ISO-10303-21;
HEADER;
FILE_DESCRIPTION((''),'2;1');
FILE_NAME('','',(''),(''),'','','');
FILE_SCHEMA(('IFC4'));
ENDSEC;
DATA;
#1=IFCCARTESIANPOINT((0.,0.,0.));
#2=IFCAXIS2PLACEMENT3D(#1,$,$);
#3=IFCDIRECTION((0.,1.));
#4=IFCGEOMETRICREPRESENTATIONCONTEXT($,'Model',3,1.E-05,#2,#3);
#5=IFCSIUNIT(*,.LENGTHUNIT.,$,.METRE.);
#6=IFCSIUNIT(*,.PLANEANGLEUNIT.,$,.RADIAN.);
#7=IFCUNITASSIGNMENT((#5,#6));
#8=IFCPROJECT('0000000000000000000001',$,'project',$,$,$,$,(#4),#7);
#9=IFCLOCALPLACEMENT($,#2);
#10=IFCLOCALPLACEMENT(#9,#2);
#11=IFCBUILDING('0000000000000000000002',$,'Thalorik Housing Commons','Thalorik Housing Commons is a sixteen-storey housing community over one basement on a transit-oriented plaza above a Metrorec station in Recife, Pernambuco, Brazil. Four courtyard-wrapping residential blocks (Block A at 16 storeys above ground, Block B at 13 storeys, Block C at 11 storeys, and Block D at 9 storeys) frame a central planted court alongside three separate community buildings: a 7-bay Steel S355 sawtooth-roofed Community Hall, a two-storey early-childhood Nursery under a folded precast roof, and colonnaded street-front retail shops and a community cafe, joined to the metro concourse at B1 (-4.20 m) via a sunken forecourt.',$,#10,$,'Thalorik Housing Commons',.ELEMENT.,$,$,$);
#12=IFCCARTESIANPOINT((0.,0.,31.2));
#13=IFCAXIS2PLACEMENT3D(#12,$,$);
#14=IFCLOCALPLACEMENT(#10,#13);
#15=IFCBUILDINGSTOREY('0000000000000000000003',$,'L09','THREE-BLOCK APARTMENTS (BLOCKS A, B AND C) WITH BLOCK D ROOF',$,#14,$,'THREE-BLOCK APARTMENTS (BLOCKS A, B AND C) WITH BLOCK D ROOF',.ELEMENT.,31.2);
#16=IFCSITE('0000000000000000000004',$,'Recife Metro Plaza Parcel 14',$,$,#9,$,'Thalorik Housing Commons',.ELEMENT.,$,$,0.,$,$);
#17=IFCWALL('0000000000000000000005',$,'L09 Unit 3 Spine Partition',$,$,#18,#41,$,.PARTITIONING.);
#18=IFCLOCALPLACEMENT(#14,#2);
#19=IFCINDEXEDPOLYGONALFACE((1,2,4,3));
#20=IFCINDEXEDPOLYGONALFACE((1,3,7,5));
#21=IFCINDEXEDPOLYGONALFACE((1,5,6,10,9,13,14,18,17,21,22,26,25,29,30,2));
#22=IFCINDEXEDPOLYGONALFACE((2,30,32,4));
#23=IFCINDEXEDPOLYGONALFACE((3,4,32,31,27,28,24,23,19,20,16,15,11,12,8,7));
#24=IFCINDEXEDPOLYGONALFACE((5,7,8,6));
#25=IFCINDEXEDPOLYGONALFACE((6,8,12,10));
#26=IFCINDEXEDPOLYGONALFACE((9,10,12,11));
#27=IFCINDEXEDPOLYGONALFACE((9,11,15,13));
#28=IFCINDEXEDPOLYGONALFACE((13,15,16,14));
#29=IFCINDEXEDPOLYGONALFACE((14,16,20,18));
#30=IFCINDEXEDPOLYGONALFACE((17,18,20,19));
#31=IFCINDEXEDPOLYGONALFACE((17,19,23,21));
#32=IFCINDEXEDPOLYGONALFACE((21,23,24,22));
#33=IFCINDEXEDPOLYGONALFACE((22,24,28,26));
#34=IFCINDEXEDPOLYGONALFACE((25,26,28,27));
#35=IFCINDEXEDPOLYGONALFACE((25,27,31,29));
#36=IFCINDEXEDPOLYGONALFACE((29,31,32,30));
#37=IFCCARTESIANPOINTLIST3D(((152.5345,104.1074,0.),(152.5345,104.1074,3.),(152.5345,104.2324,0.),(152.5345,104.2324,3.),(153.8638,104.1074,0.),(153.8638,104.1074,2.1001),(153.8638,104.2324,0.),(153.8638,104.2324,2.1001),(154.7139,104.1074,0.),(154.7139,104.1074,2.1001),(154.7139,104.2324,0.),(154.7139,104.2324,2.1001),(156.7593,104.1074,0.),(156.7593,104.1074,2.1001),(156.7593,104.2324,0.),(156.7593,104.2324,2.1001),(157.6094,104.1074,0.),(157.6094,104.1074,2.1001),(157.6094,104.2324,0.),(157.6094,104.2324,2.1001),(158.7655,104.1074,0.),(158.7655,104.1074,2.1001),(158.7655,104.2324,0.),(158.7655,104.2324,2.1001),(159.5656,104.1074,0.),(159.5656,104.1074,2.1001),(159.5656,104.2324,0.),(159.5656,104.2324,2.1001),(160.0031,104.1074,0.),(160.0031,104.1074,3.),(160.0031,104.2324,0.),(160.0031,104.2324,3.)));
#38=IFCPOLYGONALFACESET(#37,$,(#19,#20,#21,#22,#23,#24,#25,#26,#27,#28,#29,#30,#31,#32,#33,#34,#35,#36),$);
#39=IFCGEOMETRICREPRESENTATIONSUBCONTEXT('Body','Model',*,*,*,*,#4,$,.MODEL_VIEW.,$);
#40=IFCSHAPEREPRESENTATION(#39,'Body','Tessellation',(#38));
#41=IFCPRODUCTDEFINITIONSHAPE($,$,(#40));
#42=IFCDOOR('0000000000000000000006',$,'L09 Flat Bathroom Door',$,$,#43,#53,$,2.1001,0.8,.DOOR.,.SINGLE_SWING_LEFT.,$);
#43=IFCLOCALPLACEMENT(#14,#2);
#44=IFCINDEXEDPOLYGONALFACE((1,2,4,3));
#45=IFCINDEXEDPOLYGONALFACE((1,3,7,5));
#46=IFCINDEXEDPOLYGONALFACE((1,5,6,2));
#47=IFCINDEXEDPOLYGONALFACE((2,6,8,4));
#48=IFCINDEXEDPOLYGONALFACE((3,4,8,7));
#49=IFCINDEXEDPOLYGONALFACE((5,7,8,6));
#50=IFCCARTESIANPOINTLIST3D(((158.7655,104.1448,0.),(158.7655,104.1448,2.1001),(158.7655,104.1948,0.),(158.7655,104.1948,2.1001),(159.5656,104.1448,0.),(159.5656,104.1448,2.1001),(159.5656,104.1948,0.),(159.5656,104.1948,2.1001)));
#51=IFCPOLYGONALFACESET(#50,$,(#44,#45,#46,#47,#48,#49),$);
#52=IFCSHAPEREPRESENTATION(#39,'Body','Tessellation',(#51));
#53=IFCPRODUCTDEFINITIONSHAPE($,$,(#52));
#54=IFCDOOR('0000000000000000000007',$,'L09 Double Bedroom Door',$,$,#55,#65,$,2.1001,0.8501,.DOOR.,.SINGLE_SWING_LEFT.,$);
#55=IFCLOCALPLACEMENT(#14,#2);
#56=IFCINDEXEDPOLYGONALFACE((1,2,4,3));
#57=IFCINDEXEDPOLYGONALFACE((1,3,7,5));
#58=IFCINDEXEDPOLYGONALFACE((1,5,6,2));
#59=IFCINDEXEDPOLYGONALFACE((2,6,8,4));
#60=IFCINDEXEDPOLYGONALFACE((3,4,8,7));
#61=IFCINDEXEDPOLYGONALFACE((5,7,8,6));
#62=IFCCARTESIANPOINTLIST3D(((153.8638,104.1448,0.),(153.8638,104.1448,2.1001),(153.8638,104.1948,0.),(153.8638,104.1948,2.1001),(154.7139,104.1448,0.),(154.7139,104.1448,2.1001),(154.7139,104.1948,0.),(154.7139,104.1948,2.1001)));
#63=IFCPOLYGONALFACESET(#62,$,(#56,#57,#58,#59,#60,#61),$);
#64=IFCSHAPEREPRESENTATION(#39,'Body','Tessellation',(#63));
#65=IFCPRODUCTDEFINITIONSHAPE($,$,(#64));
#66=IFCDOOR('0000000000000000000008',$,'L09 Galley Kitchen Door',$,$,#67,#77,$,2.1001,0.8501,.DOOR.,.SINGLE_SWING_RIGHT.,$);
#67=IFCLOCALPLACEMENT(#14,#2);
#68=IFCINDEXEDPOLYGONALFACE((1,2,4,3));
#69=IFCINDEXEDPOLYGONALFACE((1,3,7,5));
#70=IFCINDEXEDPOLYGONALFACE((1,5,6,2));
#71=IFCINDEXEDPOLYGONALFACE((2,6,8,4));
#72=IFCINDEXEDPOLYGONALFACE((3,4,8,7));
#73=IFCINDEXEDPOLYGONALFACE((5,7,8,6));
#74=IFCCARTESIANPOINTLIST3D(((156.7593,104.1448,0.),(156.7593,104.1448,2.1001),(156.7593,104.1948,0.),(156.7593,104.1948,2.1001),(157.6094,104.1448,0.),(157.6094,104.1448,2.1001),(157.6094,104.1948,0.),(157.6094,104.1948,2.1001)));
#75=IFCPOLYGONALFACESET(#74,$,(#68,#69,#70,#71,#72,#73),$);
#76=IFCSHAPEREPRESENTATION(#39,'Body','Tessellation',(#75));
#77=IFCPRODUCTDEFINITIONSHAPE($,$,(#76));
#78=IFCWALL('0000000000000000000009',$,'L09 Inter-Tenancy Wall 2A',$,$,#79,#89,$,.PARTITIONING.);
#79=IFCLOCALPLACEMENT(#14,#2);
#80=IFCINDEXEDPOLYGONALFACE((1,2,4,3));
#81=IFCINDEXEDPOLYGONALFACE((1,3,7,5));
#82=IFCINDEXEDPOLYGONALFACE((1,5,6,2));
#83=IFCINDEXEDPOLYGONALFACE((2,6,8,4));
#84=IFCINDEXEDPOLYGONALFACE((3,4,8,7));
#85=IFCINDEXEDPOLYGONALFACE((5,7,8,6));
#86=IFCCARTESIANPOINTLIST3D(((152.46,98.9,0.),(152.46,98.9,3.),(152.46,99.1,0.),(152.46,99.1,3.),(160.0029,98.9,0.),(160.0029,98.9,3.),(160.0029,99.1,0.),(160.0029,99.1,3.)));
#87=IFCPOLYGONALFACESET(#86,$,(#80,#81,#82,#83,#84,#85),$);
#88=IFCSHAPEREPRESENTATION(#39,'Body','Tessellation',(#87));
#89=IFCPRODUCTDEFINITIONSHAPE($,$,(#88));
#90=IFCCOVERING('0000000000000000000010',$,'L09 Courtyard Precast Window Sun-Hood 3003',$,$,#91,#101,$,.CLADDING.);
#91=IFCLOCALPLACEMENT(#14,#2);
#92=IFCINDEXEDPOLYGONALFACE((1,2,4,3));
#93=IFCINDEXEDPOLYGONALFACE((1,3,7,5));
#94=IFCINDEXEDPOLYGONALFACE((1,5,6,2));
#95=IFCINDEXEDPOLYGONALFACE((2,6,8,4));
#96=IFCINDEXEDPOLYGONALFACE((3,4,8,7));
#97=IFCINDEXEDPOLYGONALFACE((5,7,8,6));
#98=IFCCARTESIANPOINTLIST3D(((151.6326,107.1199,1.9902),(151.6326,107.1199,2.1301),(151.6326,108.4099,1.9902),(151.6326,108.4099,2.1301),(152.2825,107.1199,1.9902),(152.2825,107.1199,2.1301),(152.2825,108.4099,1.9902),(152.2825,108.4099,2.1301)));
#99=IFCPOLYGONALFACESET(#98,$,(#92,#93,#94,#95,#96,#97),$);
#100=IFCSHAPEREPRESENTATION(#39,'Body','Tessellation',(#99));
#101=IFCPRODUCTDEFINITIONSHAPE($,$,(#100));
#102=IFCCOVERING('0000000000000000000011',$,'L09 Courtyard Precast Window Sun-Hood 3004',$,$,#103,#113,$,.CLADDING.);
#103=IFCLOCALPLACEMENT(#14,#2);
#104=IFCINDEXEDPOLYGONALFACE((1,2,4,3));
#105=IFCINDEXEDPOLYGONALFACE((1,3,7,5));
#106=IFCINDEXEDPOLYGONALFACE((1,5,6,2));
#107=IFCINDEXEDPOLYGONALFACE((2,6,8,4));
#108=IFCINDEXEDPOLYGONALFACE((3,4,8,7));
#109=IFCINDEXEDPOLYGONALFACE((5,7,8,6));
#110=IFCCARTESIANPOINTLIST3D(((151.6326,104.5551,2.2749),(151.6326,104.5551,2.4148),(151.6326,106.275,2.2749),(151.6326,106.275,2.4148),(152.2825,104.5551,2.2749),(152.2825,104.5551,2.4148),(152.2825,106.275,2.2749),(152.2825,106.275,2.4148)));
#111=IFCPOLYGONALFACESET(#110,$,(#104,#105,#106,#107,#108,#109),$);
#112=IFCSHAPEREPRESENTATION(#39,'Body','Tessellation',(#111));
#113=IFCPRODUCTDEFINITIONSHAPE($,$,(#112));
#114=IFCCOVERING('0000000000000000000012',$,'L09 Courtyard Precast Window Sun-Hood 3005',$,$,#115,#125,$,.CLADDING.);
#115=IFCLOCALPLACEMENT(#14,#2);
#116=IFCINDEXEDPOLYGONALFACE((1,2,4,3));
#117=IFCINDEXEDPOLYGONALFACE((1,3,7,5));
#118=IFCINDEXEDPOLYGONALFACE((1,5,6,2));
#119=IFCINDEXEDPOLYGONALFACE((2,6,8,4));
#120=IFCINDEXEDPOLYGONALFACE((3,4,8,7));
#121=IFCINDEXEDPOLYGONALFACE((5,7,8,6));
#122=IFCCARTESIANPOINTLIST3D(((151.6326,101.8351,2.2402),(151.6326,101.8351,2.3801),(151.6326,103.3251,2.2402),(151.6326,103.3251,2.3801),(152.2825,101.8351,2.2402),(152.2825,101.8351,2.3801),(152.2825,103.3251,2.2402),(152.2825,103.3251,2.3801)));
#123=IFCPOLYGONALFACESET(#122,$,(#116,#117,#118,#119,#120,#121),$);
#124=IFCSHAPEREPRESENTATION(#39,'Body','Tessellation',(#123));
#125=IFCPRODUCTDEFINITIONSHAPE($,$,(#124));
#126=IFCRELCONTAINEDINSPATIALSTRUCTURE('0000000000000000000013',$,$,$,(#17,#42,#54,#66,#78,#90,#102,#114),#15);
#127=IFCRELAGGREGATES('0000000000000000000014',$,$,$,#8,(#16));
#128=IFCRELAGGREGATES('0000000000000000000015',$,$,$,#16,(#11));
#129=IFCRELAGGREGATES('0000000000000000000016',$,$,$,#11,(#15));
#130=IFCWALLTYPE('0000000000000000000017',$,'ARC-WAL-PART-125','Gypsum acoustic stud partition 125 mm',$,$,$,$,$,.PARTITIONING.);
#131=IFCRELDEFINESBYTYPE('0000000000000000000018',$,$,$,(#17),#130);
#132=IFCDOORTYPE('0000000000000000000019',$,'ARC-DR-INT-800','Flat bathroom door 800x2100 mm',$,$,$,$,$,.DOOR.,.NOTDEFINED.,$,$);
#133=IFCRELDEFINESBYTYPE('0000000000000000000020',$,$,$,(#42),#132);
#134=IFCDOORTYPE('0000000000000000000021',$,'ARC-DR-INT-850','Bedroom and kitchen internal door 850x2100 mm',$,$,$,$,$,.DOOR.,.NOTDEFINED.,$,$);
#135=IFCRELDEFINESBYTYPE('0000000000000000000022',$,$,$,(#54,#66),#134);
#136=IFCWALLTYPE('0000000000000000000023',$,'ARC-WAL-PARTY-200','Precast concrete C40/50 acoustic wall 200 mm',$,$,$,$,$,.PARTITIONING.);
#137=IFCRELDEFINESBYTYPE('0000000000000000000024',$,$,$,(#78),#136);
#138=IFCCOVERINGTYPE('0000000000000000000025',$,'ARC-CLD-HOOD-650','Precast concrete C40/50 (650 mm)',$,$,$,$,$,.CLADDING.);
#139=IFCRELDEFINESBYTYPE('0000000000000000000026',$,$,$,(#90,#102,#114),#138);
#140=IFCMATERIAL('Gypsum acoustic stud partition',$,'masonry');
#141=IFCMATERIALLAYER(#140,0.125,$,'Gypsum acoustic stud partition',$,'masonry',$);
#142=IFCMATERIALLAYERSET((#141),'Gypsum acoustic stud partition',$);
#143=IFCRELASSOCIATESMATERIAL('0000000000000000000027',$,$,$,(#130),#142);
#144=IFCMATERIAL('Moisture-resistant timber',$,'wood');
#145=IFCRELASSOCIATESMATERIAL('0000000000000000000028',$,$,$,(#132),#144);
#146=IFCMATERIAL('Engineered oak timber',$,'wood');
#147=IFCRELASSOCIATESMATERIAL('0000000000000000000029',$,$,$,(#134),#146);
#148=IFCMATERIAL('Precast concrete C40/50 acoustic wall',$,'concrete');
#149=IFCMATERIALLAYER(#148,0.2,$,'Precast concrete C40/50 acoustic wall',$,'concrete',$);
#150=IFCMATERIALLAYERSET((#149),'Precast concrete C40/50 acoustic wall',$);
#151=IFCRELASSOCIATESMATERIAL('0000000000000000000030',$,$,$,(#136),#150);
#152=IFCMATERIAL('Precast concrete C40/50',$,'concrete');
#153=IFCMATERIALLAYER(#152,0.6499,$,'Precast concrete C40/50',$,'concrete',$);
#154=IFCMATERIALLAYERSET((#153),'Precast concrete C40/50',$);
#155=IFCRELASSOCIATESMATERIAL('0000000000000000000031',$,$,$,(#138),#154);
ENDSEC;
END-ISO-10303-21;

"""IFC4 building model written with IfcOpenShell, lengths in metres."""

from ifc_helpers import new_model, si_unit, direction, frame, frame_2d, origin, origin_2d, place, context, subcontext, project, spatial, rectangle, extrude, material, layer, layer_set, type_object, element, fill, save


model = new_model("IFC4")

# Units and contexts
model_context = context("Model", 3, precision=1e-05, world=origin(), true_north=direction((0.0, 1.0)))
body_context = subcontext(model_context, "Body", "Model", "MODEL_VIEW")
ifc_project = project(units=[si_unit("LENGTHUNIT", "METRE"), si_unit("PLANEANGLEUNIT", "RADIAN")], contexts=[model_context])

# Site, building, storey
site_placement = place(None, origin())
site = spatial("IfcSite", under=ifc_project, at=site_placement, Name="Recife Metro Plaza Parcel 14", LongName="Thalorik Housing Commons", CompositionType="ELEMENT", RefElevation=0.0)
building_placement = place(site_placement, origin())
building = spatial("IfcBuilding", under=site, at=building_placement, Name="Thalorik Housing Commons", Description="Thalorik Housing Commons is a sixteen-storey housing community over one basement on a transit-oriented plaza above a Metrorec station in Recife, Pernambuco, Brazil. Four courtyard-wrapping residential blocks (Block A at 16 storeys above ground, Block B at 13 storeys, Block C at 11 storeys, and Block D at 9 storeys) frame a central planted court alongside three separate community buildings: a 7-bay Steel S355 sawtooth-roofed Community Hall, a two-storey early-childhood Nursery under a folded precast roof, and colonnaded street-front retail shops and a community cafe, joined to the metro concourse at B1 (-4.20 m) via a sunken forecourt.", LongName="Thalorik Housing Commons", CompositionType="ELEMENT")
storey_placement = place(building_placement, frame((0.0, 0.0, 31.2)))
storey = spatial("IfcBuildingStorey", under=building, at=storey_placement, Name="L09", Description="THREE-BLOCK APARTMENTS (BLOCKS A, B AND C) WITH BLOCK D ROOF", LongName="THREE-BLOCK APARTMENTS (BLOCKS A, B AND C) WITH BLOCK D ROOF", CompositionType="ELEMENT", Elevation=31.2)

# Shared definitions
ifc_material_1 = material(Name="Precast concrete C40/50", Category="concrete")

# Wall, openings, doors
ifc_material_2 = material(Name="Gypsum acoustic stud partition", Category="masonry")
ifc_layer_1 = layer(ifc_material_2, 0.125, Name="Gypsum acoustic stud partition", Category="masonry")
ifc_layer_set_1 = layer_set([ifc_layer_1], Name="Gypsum acoustic stud partition")
wall_type_1 = type_object("IfcWallType", Name="ARC-WAL-PART-125", Description="Gypsum acoustic stud partition 125 mm", PredefinedType="PARTITIONING", material=ifc_layer_set_1)
wall_1_placement = place(storey_placement, frame((152.5344, 104.1699, 0.0), z_axis=(0.0, 0.0, 1.0), x_axis=(1.0, 0.0, 0.0)))
wall_1 = element("IfcWall", 1, at=wall_1_placement, inside=storey, type_object=wall_type_1, Name="L09 Unit 3 Spine Partition", PredefinedType="PARTITIONING", context=body_context, shape_type="SweptSolid", body=[
    extrude(rectangle(XDim=7.4685, YDim=0.125, at=frame_2d((3.7344, 0.0))), origin(), (0.0, 0.0, 1.0), 3.0),
])
opening_1_placement = place(wall_1_placement, frame((1.3293, 0.0, 0.0)))
opening_1 = element("IfcOpeningElement", 2, at=opening_1_placement, cuts=wall_1, PredefinedType="OPENING", context=body_context, shape_type="SweptSolid", body=[
    extrude(rectangle(XDim=0.8501, YDim=2.1001, at=frame_2d((0.425, 1.05))), frame((0.0, 0.0725, 0.0), z_axis=(0.0, -1.0, 0.0), x_axis=(1.0, 0.0, 0.0)), (0.0, 0.0, 1.0), 0.145),
])
opening_2_placement = place(wall_1_placement, frame((4.2249, 0.0, 0.0)))
opening_2 = element("IfcOpeningElement", 3, at=opening_2_placement, cuts=wall_1, PredefinedType="OPENING", context=body_context, shape_type="SweptSolid", body=[
    extrude(rectangle(XDim=0.8501, YDim=2.1001, at=frame_2d((0.425, 1.05))), frame((0.0, 0.0725, 0.0), z_axis=(0.0, -1.0, 0.0), x_axis=(1.0, 0.0, 0.0)), (0.0, 0.0, 1.0), 0.145),
])
opening_3_placement = place(wall_1_placement, frame((6.2312, 0.0, 0.0)))
opening_3 = element("IfcOpeningElement", 4, at=opening_3_placement, cuts=wall_1, PredefinedType="OPENING", context=body_context, shape_type="SweptSolid", body=[
    extrude(rectangle(XDim=0.8, YDim=2.1001, at=frame_2d((0.3999, 1.05))), frame((0.0, 0.0725, 0.0), z_axis=(0.0, -1.0, 0.0), x_axis=(1.0, 0.0, 0.0)), (0.0, 0.0, 1.0), 0.145),
])
ifc_material_3 = material(Name="Moisture-resistant timber", Category="wood")
door_type_1 = type_object("IfcDoorType", Name="ARC-DR-INT-800", Description="Flat bathroom door 800x2100 mm", OperationType="NOTDEFINED", PredefinedType="DOOR", material=ifc_material_3)
door_1_placement = place(opening_3_placement, origin())
door_1 = element("IfcDoor", 5, at=door_1_placement, inside=storey, type_object=door_type_1, Name="L09 Flat Bathroom Door", OperationType="SINGLE_SWING_LEFT", OverallHeight=2.1001, OverallWidth=0.8, PredefinedType="DOOR", context=body_context, shape_type="SweptSolid", body=[
    extrude(rectangle(XDim=0.8, YDim=2.1001, at=frame_2d((0.3999, 1.05))), frame((0.0, 0.0249, 0.0), z_axis=(0.0, -1.0, 0.0), x_axis=(1.0, 0.0, 0.0)), (0.0, 0.0, 1.0), 0.05),
])
fill(opening_3, door_1)
ifc_material_4 = material(Name="Engineered oak timber", Category="wood")
door_type_2 = type_object("IfcDoorType", Name="ARC-DR-INT-850", Description="Bedroom and kitchen internal door 850x2100 mm", OperationType="NOTDEFINED", PredefinedType="DOOR", material=ifc_material_4)
door_2_placement = place(opening_1_placement, origin())
door_2 = element("IfcDoor", 6, at=door_2_placement, inside=storey, type_object=door_type_2, Name="L09 Double Bedroom Door", OperationType="SINGLE_SWING_LEFT", OverallHeight=2.1001, OverallWidth=0.8501, PredefinedType="DOOR", context=body_context, shape_type="SweptSolid", body=[
    extrude(rectangle(XDim=0.8501, YDim=2.1001, at=frame_2d((0.425, 1.05))), frame((0.0, 0.0249, 0.0), z_axis=(0.0, -1.0, 0.0), x_axis=(1.0, 0.0, 0.0)), (0.0, 0.0, 1.0), 0.05),
])
fill(opening_1, door_2)
door_3_placement = place(opening_2_placement, origin())
door_3 = element("IfcDoor", 7, at=door_3_placement, inside=storey, type_object=door_type_2, Name="L09 Galley Kitchen Door", OperationType="SINGLE_SWING_RIGHT", OverallHeight=2.1001, OverallWidth=0.8501, PredefinedType="DOOR", context=body_context, shape_type="SweptSolid", body=[
    extrude(rectangle(XDim=0.8501, YDim=2.1001, at=frame_2d((0.425, 1.05))), frame((0.0, 0.0249, 0.0), z_axis=(0.0, -1.0, 0.0), x_axis=(1.0, 0.0, 0.0)), (0.0, 0.0, 1.0), 0.05),
])
fill(opening_2, door_3)

# Wall
ifc_material_5 = material(Name="Precast concrete C40/50 acoustic wall", Category="concrete")
ifc_layer_2 = layer(ifc_material_5, 0.2, Name="Precast concrete C40/50 acoustic wall", Category="concrete")
ifc_layer_set_2 = layer_set([ifc_layer_2], Name="Precast concrete C40/50 acoustic wall")
wall_type_2 = type_object("IfcWallType", Name="ARC-WAL-PARTY-200", Description="Precast concrete C40/50 acoustic wall 200 mm", PredefinedType="PARTITIONING", material=ifc_layer_set_2)
wall_2_placement = place(storey_placement, frame((152.46, 99.0, 0.0), z_axis=(0.0, 0.0, 1.0), x_axis=(1.0, 0.0, 0.0)))
element("IfcWall", 8, at=wall_2_placement, inside=storey, type_object=wall_type_2, Name="L09 Inter-Tenancy Wall 2A", PredefinedType="PARTITIONING", context=body_context, shape_type="SweptSolid", body=[
    extrude(rectangle(XDim=7.543, YDim=0.2, at=frame_2d((3.7715, 0.0))), origin(), (0.0, 0.0, 1.0), 3.0),
])

# Coverings
ifc_layer_3 = layer(ifc_material_1, 0.6499, Name="Precast concrete C40/50", Category="concrete")
ifc_layer_set_3 = layer_set([ifc_layer_3], Name="Precast concrete C40/50")
covering_type = type_object("IfcCoveringType", Name="ARC-CLD-HOOD-650", Description="Precast concrete C40/50 (650 mm)", PredefinedType="CLADDING", material=ifc_layer_set_3)
covering_1_placement = place(storey_placement, frame((151.9575, 107.7649, 1.9902), z_axis=(0.0, 0.0, 1.0), x_axis=(0.0, -1.0, 0.0)))
element("IfcCovering", 9, at=covering_1_placement, inside=storey, type_object=covering_type, Name="L09 Courtyard Precast Window Sun-Hood 3003", PredefinedType="CLADDING", context=body_context, shape_type="SweptSolid", body=[
    extrude(rectangle(XDim=1.29, YDim=0.6499, at=origin_2d()), origin(), (0.0, 0.0, 1.0), 0.1399),
])
covering_2_placement = place(storey_placement, frame((151.9575, 105.415, 2.2749), z_axis=(0.0, 0.0, 1.0), x_axis=(0.0, -1.0, 0.0)))
element("IfcCovering", 10, at=covering_2_placement, inside=storey, type_object=covering_type, Name="L09 Courtyard Precast Window Sun-Hood 3004", PredefinedType="CLADDING", context=body_context, shape_type="SweptSolid", body=[
    extrude(rectangle(XDim=1.72, YDim=0.6499, at=origin_2d()), origin(), (0.0, 0.0, 1.0), 0.1399),
])
covering_3_placement = place(storey_placement, frame((151.9575, 102.5801, 2.2402), z_axis=(0.0, 0.0, 1.0), x_axis=(0.0, -1.0, 0.0)))
element("IfcCovering", 11, at=covering_3_placement, inside=storey, type_object=covering_type, Name="L09 Courtyard Precast Window Sun-Hood 3005", PredefinedType="CLADDING", context=body_context, shape_type="SweptSolid", body=[
    extrude(rectangle(XDim=1.49, YDim=0.6499, at=origin_2d()), origin(), (0.0, 0.0, 1.0), 0.1399),
])

save(model, "model.ifc")
